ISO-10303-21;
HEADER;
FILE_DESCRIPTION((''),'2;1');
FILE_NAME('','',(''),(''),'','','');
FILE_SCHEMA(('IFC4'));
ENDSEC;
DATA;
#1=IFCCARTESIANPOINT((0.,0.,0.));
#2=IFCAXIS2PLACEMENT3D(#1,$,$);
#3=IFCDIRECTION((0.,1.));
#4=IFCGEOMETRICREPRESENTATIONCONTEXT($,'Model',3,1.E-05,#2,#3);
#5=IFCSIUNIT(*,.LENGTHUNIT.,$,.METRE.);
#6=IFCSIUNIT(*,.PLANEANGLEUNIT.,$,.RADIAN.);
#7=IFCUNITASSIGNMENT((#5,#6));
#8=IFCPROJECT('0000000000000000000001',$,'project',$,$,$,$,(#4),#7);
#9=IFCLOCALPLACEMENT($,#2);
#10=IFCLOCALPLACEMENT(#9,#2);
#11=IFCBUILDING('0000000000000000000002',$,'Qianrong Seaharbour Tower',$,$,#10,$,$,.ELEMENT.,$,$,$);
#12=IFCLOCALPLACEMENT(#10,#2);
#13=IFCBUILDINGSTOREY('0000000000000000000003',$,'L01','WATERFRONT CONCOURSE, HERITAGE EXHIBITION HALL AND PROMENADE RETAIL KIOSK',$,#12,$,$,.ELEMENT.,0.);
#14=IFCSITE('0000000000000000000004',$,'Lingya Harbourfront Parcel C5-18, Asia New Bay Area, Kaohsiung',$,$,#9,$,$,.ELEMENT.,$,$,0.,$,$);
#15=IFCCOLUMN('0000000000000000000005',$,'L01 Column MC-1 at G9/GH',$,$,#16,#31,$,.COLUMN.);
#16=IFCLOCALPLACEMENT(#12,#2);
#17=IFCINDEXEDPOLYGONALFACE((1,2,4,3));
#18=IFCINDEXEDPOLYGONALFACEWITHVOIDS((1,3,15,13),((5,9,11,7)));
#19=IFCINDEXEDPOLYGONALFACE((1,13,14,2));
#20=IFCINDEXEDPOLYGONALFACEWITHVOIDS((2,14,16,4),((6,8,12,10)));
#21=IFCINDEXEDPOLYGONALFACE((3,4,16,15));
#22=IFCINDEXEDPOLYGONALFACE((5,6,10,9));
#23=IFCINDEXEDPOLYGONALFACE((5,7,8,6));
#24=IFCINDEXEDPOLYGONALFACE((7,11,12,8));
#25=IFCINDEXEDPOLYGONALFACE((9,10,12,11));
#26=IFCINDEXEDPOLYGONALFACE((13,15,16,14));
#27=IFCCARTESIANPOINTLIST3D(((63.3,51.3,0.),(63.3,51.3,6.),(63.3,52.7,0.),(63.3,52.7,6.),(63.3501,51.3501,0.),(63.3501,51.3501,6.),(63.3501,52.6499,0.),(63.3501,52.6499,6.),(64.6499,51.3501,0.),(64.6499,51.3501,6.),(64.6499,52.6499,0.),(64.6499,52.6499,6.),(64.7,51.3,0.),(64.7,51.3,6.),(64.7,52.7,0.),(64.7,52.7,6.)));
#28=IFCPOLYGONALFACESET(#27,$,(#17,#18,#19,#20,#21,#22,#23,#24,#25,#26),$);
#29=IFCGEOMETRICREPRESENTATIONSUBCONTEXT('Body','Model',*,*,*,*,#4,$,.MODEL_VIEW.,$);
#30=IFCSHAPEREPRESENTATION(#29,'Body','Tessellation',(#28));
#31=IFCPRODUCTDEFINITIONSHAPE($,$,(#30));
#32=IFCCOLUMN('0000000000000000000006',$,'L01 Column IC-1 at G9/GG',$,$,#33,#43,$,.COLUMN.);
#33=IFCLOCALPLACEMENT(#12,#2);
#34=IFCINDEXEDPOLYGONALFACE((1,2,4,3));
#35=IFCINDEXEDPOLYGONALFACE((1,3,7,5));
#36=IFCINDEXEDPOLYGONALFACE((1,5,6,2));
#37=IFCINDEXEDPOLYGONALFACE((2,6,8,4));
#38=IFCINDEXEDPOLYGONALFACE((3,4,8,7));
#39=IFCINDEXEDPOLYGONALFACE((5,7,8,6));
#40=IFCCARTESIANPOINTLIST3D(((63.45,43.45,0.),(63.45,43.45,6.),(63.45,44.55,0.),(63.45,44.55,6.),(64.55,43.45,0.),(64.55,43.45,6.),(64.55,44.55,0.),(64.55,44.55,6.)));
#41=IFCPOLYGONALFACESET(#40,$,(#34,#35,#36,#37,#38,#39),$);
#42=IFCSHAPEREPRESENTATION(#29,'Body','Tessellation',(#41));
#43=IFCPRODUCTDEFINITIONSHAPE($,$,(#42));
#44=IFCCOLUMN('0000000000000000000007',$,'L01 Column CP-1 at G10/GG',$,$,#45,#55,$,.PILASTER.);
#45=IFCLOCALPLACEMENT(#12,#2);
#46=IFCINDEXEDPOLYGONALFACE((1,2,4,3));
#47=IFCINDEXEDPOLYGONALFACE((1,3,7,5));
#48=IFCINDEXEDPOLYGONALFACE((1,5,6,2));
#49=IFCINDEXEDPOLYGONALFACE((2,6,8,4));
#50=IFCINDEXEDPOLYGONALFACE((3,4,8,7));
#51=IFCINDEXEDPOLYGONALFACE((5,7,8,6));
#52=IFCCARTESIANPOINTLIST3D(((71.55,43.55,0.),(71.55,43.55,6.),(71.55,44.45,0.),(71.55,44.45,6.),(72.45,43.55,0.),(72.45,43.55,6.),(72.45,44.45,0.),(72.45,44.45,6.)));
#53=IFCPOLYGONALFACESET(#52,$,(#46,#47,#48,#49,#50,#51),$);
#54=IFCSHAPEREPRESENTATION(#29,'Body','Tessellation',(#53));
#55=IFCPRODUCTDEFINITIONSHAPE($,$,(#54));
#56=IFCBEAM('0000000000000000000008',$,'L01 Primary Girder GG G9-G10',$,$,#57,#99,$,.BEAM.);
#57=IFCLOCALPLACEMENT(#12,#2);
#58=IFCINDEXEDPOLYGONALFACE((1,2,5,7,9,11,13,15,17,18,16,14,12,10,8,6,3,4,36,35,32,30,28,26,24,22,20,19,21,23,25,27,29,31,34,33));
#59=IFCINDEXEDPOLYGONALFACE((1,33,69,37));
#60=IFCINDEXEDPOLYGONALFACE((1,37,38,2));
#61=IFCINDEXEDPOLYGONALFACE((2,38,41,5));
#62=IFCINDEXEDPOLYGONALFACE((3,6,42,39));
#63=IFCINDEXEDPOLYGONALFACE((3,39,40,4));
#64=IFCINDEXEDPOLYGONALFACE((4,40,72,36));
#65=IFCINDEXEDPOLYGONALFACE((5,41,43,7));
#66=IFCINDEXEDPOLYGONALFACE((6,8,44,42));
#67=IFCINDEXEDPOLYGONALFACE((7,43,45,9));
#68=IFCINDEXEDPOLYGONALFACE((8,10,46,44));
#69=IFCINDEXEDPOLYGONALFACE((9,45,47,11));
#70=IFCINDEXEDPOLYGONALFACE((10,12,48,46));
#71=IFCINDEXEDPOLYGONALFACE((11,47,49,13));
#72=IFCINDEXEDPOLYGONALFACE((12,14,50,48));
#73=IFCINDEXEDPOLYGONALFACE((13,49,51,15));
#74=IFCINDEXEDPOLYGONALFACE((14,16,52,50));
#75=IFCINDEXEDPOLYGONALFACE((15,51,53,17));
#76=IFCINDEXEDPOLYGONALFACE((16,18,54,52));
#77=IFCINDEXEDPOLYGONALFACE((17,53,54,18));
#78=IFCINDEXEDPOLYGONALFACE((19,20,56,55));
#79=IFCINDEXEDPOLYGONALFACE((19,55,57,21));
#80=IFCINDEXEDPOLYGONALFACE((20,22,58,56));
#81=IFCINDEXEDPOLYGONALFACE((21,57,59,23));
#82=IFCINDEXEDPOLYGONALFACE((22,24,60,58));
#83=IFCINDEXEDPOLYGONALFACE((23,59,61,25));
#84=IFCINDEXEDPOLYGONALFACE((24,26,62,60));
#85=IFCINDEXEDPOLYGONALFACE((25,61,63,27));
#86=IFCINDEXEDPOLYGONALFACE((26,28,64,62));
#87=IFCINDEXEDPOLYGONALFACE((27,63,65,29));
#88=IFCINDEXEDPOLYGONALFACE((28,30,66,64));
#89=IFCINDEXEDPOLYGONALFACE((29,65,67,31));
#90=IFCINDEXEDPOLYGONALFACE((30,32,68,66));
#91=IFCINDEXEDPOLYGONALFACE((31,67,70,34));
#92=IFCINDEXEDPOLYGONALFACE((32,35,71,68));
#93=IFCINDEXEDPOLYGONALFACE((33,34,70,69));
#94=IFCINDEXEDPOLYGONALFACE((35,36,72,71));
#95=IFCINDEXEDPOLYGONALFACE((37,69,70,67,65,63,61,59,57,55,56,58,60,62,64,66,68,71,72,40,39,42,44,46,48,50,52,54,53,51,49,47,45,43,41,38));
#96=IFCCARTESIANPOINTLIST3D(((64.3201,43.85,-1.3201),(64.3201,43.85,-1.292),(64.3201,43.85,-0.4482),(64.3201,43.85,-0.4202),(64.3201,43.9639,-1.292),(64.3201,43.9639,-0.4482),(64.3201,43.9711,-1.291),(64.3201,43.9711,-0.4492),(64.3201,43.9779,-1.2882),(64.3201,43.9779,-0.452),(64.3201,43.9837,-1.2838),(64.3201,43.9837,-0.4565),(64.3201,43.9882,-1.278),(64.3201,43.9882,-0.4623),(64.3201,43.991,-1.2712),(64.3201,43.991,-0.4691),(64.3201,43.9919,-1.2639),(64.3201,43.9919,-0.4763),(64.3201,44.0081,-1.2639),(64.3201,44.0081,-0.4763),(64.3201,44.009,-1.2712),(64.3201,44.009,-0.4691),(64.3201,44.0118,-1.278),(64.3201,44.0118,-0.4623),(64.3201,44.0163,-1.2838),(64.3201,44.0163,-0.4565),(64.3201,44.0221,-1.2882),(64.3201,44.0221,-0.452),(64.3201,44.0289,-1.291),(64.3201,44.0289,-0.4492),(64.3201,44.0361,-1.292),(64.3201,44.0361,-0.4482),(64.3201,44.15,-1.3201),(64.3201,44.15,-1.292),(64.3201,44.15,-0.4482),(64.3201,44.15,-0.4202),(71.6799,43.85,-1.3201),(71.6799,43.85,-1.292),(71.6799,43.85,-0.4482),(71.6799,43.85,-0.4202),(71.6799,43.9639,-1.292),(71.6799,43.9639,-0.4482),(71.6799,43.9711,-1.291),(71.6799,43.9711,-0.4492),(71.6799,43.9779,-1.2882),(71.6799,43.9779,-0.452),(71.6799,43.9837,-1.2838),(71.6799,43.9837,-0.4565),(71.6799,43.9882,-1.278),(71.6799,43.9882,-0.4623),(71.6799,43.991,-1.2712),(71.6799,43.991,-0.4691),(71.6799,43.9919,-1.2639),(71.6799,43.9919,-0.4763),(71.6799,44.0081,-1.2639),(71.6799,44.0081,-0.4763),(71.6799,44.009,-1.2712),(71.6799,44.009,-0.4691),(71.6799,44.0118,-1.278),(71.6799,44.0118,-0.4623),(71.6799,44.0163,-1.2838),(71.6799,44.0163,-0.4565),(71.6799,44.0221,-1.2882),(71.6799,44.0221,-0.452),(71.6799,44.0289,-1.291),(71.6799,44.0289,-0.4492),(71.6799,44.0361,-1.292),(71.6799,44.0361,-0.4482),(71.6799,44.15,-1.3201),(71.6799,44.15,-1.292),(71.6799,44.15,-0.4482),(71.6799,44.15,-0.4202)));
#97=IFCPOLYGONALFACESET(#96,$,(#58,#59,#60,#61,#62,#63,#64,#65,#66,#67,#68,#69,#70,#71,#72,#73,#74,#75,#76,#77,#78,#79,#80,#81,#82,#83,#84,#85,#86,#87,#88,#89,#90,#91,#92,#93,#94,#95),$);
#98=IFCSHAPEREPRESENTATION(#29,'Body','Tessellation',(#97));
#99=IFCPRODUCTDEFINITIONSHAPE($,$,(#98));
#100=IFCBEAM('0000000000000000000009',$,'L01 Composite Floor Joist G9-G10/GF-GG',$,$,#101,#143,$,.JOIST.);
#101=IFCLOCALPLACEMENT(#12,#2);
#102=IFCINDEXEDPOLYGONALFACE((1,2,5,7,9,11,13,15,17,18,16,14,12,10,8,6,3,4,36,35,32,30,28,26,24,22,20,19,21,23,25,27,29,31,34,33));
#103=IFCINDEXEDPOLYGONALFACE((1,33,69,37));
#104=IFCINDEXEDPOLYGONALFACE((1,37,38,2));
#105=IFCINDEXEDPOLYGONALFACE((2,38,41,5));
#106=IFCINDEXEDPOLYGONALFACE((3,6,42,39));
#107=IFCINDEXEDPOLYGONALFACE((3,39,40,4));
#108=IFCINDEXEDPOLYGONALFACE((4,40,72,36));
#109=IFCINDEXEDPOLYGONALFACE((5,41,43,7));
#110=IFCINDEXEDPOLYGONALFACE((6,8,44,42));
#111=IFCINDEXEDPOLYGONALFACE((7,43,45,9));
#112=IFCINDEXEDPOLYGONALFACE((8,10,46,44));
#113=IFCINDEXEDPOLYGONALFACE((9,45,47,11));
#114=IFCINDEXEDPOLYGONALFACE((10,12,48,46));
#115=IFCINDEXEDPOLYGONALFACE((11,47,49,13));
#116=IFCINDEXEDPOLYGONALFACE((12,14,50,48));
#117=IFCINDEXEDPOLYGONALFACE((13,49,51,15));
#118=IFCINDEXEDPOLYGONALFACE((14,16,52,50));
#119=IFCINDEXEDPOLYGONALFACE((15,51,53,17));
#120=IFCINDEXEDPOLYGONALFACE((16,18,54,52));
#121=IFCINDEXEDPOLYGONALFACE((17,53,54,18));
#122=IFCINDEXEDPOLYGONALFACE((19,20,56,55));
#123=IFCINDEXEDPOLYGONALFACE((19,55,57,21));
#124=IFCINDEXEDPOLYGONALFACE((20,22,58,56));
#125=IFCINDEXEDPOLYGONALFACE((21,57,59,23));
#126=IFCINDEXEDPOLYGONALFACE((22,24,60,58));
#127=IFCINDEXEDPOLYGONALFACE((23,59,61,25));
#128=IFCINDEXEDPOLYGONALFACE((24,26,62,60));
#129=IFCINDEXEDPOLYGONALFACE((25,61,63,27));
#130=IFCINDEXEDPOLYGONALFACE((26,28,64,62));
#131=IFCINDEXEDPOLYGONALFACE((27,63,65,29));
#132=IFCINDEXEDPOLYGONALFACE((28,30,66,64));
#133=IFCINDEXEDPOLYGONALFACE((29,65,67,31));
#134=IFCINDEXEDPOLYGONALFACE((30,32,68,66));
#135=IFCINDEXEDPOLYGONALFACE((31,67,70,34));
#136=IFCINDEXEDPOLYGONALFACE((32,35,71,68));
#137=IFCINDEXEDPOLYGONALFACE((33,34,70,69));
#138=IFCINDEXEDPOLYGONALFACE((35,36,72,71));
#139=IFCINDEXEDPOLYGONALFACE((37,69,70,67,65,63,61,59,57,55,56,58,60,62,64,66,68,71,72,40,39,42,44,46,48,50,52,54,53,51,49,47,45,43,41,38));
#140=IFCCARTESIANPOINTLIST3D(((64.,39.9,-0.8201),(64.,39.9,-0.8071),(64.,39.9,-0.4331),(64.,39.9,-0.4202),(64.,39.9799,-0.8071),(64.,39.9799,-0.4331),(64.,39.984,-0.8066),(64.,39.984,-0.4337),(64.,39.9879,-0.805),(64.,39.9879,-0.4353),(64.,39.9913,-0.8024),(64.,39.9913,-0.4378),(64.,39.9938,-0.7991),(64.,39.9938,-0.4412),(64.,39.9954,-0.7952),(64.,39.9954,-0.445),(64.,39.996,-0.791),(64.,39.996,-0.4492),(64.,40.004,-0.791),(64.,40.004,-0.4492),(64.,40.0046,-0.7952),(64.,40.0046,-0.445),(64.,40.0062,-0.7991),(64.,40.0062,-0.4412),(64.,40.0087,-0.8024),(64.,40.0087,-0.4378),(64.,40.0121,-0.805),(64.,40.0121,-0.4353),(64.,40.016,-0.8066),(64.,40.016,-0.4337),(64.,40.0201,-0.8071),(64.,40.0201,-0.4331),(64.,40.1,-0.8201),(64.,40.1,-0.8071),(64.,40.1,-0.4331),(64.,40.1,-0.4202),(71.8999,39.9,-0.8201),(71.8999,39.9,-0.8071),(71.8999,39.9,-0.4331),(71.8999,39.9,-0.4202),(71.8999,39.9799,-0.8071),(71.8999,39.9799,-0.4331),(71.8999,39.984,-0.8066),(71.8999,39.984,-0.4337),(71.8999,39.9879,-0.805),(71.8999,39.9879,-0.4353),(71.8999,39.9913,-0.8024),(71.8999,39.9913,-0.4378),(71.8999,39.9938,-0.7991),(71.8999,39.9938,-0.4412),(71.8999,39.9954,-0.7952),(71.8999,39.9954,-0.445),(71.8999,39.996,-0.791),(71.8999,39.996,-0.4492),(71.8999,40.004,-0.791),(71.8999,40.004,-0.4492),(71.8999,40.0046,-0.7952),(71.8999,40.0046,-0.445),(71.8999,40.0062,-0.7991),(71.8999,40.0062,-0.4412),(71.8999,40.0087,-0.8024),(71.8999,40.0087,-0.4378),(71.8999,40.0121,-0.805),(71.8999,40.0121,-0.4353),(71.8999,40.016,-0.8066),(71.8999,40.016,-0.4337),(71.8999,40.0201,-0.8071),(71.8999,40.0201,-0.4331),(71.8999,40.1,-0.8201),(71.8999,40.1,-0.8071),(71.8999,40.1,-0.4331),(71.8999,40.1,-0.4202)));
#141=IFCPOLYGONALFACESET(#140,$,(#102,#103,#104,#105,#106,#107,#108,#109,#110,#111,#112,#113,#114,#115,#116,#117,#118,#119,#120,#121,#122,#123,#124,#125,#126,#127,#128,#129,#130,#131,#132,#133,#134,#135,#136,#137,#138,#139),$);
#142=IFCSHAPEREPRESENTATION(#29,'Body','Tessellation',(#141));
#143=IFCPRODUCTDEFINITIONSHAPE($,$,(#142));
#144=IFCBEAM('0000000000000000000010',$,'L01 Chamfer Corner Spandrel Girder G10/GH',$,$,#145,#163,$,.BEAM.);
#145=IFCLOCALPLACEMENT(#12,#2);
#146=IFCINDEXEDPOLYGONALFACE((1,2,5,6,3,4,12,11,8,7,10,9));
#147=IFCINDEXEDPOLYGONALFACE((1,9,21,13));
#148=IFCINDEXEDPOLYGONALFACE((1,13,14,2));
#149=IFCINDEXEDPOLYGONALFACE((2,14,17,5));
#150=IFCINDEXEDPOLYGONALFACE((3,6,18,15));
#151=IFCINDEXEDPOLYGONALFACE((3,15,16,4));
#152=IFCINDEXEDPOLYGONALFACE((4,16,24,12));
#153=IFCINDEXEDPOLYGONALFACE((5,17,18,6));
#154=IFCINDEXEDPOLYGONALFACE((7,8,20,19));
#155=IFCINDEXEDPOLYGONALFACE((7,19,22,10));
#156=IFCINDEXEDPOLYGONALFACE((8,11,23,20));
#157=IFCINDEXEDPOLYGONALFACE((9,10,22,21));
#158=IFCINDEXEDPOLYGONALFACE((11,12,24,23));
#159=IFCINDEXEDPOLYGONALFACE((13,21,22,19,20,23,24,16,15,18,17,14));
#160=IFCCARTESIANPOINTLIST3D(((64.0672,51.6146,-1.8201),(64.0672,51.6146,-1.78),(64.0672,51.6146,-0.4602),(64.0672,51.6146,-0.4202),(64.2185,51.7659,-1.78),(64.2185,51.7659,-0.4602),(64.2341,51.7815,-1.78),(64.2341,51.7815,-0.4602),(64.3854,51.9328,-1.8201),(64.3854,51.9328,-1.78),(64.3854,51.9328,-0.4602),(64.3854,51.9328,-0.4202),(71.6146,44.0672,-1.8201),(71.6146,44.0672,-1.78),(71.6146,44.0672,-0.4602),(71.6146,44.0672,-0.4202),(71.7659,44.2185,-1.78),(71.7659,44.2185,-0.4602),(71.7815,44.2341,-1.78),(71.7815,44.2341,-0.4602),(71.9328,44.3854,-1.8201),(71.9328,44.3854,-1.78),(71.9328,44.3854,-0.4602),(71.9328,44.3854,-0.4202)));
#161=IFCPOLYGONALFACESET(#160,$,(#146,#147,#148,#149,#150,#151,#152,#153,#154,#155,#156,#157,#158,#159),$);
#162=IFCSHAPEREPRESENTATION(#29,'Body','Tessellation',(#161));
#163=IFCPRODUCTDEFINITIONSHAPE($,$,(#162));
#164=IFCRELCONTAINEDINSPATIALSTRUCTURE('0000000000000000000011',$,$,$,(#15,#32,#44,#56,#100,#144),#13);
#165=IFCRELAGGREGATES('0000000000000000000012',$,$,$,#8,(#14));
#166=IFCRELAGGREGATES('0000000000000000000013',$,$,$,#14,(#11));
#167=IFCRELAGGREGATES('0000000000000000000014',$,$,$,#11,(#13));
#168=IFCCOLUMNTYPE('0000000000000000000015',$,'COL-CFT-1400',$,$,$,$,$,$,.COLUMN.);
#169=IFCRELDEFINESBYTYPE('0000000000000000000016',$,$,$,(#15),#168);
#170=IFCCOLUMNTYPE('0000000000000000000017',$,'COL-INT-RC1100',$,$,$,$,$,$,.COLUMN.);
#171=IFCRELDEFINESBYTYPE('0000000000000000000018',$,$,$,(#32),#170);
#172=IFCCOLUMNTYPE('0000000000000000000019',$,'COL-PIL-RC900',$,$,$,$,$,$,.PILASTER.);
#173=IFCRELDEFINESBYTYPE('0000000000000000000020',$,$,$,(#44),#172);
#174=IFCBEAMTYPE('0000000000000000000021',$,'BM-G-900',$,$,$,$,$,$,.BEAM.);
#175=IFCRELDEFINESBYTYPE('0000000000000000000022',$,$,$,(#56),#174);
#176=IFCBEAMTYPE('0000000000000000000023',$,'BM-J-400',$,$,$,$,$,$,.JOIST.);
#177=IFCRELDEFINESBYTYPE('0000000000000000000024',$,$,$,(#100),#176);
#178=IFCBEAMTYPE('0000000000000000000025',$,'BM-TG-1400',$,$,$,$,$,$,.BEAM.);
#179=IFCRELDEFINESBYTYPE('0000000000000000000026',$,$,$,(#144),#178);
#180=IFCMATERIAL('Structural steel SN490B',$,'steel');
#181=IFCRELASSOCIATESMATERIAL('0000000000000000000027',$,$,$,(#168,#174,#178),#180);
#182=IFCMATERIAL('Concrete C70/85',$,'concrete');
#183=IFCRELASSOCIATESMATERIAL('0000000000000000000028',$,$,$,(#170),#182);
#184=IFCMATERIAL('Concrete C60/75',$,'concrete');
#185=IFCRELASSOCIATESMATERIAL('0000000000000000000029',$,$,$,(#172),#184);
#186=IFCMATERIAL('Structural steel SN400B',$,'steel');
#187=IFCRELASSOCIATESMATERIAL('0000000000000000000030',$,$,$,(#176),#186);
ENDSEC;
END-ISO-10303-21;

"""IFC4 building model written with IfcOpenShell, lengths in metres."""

from ifc_helpers import new_model, si_unit, direction, frame, origin, origin_2d, place, context, subcontext, project, spatial, rectangle, hollow_rectangle, i_section, extrude, material, material_profile, profile_set, type_object, element, save


model = new_model("IFC4")

# Units and contexts
model_context = context("Model", 3, precision=1e-05, world=origin(), true_north=direction((0.0, 1.0)))
body_context = subcontext(model_context, "Body", "Model", "MODEL_VIEW")
ifc_project = project(units=[si_unit("LENGTHUNIT", "METRE"), si_unit("PLANEANGLEUNIT", "RADIAN")], contexts=[model_context])

# Site, building, storey
site_placement = place(None, origin())
site = spatial("IfcSite", under=ifc_project, at=site_placement, Name="Lingya Harbourfront Parcel C5-18, Asia New Bay Area, Kaohsiung", CompositionType="ELEMENT", RefElevation=0.0)
building_placement = place(site_placement, origin())
building = spatial("IfcBuilding", under=site, at=building_placement, Name="Qianrong Seaharbour Tower", CompositionType="ELEMENT")
storey_placement = place(building_placement, origin())
storey = spatial("IfcBuildingStorey", under=building, at=storey_placement, Name="L01", Description="WATERFRONT CONCOURSE, HERITAGE EXHIBITION HALL AND PROMENADE RETAIL KIOSK", CompositionType="ELEMENT", Elevation=0.0)

# Columns
ifc_material_1 = material(Name="Structural steel SN490B", Category="steel")
ifc_material_profile_1 = material_profile(ifc_material_1, hollow_rectangle(XDim=1.3999, YDim=1.3999, WallThickness=0.05, at=origin_2d()), Name="BOX1400x1400x50")
ifc_profile_set_1 = profile_set([ifc_material_profile_1], Name="Structural steel SN490B")
column_type_1 = type_object("IfcColumnType", Name="COL-CFT-1400", PredefinedType="COLUMN", material=ifc_profile_set_1)
column_1_placement = place(storey_placement, frame((64.0, 52.0, 0.0), z_axis=(0.0, 0.0, 1.0), x_axis=(1.0, 0.0, 0.0)))
element("IfcColumn", 1, at=column_1_placement, inside=storey, type_object=column_type_1, Name="L01 Column MC-1 at G9/GH", PredefinedType="COLUMN", context=body_context, shape_type="SweptSolid", body=[
    extrude(hollow_rectangle(XDim=1.3999, YDim=1.3999, WallThickness=0.05, at=origin_2d()), origin(), (0.0, 0.0, 1.0), 6.0),
])
ifc_material_2 = material(Name="Concrete C70/85", Category="concrete")
ifc_material_profile_2 = material_profile(ifc_material_2, rectangle(XDim=1.1001, YDim=1.1001, at=origin_2d()), Name="RC1100x1100")
ifc_profile_set_2 = profile_set([ifc_material_profile_2], Name="Concrete C70/85")
column_type_2 = type_object("IfcColumnType", Name="COL-INT-RC1100", PredefinedType="COLUMN", material=ifc_profile_set_2)
column_2_placement = place(storey_placement, frame((64.0, 44.0, 0.0), z_axis=(0.0, 0.0, 1.0), x_axis=(1.0, 0.0, 0.0)))
element("IfcColumn", 2, at=column_2_placement, inside=storey, type_object=column_type_2, Name="L01 Column IC-1 at G9/GG", PredefinedType="COLUMN", context=body_context, shape_type="SweptSolid", body=[
    extrude(rectangle(XDim=1.1001, YDim=1.1001, at=origin_2d()), origin(), (0.0, 0.0, 1.0), 6.0),
])
ifc_material_3 = material(Name="Concrete C60/75", Category="concrete")
ifc_material_profile_3 = material_profile(ifc_material_3, rectangle(XDim=0.8999, YDim=0.8999, at=origin_2d()), Name="RC900x900")
ifc_profile_set_3 = profile_set([ifc_material_profile_3], Name="Concrete C60/75")
column_type_3 = type_object("IfcColumnType", Name="COL-PIL-RC900", PredefinedType="PILASTER", material=ifc_profile_set_3)
column_3_placement = place(storey_placement, frame((72.0, 44.0, 0.0), z_axis=(0.0, 0.0, 1.0), x_axis=(1.0, 0.0, 0.0)))
element("IfcColumn", 3, at=column_3_placement, inside=storey, type_object=column_type_3, Name="L01 Column CP-1 at G10/GG", PredefinedType="PILASTER", context=body_context, shape_type="SweptSolid", body=[
    extrude(rectangle(XDim=0.8999, YDim=0.8999, at=origin_2d()), origin(), (0.0, 0.0, 1.0), 6.0),
])

# Beams
ifc_material_profile_4 = material_profile(ifc_material_1, i_section(OverallWidth=0.3, OverallDepth=0.8999, WebThickness=0.0161, FlangeThickness=0.0281, FilletRadius=0.0281, at=origin_2d()), Name="H900x300x16x28")
ifc_profile_set_4 = profile_set([ifc_material_profile_4], Name="Structural steel SN490B")
beam_type_1 = type_object("IfcBeamType", Name="BM-G-900", PredefinedType="BEAM", material=ifc_profile_set_4)
beam_1_placement = place(storey_placement, frame((64.3201, 44.0, -0.8701), z_axis=(1.0, 0.0, 0.0), x_axis=(0.0, 1.0, 0.0)))
element("IfcBeam", 4, at=beam_1_placement, inside=storey, type_object=beam_type_1, Name="L01 Primary Girder GG G9-G10", PredefinedType="BEAM", context=body_context, shape_type="SweptSolid", body=[
    extrude(i_section(OverallWidth=0.3, OverallDepth=0.8999, WebThickness=0.0161, FlangeThickness=0.0281, FilletRadius=0.0281, at=origin_2d()), origin(), (0.0, 0.0, 1.0), 7.3599),
])
ifc_material_4 = material(Name="Structural steel SN400B", Category="steel")
ifc_material_profile_5 = material_profile(ifc_material_4, i_section(OverallWidth=0.2, OverallDepth=0.3999, WebThickness=0.0081, FlangeThickness=0.0129, FilletRadius=0.0161, at=origin_2d()), Name="H400x200x8x13")
ifc_profile_set_5 = profile_set([ifc_material_profile_5], Name="Structural steel SN400B")
beam_type_2 = type_object("IfcBeamType", Name="BM-J-400", PredefinedType="JOIST", material=ifc_profile_set_5)
beam_2_placement = place(storey_placement, frame((64.0, 40.0, -0.6201), z_axis=(1.0, 0.0, 0.0), x_axis=(0.0, 1.0, 0.0)))
element("IfcBeam", 5, at=beam_2_placement, inside=storey, type_object=beam_type_2, Name="L01 Composite Floor Joist G9-G10/GF-GG", PredefinedType="JOIST", context=body_context, shape_type="SweptSolid", body=[
    extrude(i_section(OverallWidth=0.2, OverallDepth=0.3999, WebThickness=0.0081, FlangeThickness=0.0129, FilletRadius=0.0161, at=origin_2d()), origin(), (0.0, 0.0, 1.0), 7.8999),
])
ifc_material_profile_6 = material_profile(ifc_material_1, i_section(OverallWidth=0.45, OverallDepth=1.3999, WebThickness=0.022, FlangeThickness=0.04, at=origin_2d()), Name="BH1400x450x22x40")
ifc_profile_set_6 = profile_set([ifc_material_profile_6], Name="Structural steel SN490B")
beam_type_3 = type_object("IfcBeamType", Name="BM-TG-1400", PredefinedType="BEAM", material=ifc_profile_set_6)
beam_3_placement = place(storey_placement, frame((64.2263, 51.7737, -1.1201), z_axis=(0.707107, -0.707107, 0.0), x_axis=(0.707107, 0.707107, 0.0)))
element("IfcBeam", 6, at=beam_3_placement, inside=storey, type_object=beam_type_3, Name="L01 Chamfer Corner Spandrel Girder G10/GH", PredefinedType="BEAM", context=body_context, shape_type="SweptSolid", body=[
    extrude(i_section(OverallWidth=0.45, OverallDepth=1.3999, WebThickness=0.022, FlangeThickness=0.04, at=origin_2d()), origin(), (0.0, 0.0, 1.0), 10.6736),
])

save(model, "model.ifc")
